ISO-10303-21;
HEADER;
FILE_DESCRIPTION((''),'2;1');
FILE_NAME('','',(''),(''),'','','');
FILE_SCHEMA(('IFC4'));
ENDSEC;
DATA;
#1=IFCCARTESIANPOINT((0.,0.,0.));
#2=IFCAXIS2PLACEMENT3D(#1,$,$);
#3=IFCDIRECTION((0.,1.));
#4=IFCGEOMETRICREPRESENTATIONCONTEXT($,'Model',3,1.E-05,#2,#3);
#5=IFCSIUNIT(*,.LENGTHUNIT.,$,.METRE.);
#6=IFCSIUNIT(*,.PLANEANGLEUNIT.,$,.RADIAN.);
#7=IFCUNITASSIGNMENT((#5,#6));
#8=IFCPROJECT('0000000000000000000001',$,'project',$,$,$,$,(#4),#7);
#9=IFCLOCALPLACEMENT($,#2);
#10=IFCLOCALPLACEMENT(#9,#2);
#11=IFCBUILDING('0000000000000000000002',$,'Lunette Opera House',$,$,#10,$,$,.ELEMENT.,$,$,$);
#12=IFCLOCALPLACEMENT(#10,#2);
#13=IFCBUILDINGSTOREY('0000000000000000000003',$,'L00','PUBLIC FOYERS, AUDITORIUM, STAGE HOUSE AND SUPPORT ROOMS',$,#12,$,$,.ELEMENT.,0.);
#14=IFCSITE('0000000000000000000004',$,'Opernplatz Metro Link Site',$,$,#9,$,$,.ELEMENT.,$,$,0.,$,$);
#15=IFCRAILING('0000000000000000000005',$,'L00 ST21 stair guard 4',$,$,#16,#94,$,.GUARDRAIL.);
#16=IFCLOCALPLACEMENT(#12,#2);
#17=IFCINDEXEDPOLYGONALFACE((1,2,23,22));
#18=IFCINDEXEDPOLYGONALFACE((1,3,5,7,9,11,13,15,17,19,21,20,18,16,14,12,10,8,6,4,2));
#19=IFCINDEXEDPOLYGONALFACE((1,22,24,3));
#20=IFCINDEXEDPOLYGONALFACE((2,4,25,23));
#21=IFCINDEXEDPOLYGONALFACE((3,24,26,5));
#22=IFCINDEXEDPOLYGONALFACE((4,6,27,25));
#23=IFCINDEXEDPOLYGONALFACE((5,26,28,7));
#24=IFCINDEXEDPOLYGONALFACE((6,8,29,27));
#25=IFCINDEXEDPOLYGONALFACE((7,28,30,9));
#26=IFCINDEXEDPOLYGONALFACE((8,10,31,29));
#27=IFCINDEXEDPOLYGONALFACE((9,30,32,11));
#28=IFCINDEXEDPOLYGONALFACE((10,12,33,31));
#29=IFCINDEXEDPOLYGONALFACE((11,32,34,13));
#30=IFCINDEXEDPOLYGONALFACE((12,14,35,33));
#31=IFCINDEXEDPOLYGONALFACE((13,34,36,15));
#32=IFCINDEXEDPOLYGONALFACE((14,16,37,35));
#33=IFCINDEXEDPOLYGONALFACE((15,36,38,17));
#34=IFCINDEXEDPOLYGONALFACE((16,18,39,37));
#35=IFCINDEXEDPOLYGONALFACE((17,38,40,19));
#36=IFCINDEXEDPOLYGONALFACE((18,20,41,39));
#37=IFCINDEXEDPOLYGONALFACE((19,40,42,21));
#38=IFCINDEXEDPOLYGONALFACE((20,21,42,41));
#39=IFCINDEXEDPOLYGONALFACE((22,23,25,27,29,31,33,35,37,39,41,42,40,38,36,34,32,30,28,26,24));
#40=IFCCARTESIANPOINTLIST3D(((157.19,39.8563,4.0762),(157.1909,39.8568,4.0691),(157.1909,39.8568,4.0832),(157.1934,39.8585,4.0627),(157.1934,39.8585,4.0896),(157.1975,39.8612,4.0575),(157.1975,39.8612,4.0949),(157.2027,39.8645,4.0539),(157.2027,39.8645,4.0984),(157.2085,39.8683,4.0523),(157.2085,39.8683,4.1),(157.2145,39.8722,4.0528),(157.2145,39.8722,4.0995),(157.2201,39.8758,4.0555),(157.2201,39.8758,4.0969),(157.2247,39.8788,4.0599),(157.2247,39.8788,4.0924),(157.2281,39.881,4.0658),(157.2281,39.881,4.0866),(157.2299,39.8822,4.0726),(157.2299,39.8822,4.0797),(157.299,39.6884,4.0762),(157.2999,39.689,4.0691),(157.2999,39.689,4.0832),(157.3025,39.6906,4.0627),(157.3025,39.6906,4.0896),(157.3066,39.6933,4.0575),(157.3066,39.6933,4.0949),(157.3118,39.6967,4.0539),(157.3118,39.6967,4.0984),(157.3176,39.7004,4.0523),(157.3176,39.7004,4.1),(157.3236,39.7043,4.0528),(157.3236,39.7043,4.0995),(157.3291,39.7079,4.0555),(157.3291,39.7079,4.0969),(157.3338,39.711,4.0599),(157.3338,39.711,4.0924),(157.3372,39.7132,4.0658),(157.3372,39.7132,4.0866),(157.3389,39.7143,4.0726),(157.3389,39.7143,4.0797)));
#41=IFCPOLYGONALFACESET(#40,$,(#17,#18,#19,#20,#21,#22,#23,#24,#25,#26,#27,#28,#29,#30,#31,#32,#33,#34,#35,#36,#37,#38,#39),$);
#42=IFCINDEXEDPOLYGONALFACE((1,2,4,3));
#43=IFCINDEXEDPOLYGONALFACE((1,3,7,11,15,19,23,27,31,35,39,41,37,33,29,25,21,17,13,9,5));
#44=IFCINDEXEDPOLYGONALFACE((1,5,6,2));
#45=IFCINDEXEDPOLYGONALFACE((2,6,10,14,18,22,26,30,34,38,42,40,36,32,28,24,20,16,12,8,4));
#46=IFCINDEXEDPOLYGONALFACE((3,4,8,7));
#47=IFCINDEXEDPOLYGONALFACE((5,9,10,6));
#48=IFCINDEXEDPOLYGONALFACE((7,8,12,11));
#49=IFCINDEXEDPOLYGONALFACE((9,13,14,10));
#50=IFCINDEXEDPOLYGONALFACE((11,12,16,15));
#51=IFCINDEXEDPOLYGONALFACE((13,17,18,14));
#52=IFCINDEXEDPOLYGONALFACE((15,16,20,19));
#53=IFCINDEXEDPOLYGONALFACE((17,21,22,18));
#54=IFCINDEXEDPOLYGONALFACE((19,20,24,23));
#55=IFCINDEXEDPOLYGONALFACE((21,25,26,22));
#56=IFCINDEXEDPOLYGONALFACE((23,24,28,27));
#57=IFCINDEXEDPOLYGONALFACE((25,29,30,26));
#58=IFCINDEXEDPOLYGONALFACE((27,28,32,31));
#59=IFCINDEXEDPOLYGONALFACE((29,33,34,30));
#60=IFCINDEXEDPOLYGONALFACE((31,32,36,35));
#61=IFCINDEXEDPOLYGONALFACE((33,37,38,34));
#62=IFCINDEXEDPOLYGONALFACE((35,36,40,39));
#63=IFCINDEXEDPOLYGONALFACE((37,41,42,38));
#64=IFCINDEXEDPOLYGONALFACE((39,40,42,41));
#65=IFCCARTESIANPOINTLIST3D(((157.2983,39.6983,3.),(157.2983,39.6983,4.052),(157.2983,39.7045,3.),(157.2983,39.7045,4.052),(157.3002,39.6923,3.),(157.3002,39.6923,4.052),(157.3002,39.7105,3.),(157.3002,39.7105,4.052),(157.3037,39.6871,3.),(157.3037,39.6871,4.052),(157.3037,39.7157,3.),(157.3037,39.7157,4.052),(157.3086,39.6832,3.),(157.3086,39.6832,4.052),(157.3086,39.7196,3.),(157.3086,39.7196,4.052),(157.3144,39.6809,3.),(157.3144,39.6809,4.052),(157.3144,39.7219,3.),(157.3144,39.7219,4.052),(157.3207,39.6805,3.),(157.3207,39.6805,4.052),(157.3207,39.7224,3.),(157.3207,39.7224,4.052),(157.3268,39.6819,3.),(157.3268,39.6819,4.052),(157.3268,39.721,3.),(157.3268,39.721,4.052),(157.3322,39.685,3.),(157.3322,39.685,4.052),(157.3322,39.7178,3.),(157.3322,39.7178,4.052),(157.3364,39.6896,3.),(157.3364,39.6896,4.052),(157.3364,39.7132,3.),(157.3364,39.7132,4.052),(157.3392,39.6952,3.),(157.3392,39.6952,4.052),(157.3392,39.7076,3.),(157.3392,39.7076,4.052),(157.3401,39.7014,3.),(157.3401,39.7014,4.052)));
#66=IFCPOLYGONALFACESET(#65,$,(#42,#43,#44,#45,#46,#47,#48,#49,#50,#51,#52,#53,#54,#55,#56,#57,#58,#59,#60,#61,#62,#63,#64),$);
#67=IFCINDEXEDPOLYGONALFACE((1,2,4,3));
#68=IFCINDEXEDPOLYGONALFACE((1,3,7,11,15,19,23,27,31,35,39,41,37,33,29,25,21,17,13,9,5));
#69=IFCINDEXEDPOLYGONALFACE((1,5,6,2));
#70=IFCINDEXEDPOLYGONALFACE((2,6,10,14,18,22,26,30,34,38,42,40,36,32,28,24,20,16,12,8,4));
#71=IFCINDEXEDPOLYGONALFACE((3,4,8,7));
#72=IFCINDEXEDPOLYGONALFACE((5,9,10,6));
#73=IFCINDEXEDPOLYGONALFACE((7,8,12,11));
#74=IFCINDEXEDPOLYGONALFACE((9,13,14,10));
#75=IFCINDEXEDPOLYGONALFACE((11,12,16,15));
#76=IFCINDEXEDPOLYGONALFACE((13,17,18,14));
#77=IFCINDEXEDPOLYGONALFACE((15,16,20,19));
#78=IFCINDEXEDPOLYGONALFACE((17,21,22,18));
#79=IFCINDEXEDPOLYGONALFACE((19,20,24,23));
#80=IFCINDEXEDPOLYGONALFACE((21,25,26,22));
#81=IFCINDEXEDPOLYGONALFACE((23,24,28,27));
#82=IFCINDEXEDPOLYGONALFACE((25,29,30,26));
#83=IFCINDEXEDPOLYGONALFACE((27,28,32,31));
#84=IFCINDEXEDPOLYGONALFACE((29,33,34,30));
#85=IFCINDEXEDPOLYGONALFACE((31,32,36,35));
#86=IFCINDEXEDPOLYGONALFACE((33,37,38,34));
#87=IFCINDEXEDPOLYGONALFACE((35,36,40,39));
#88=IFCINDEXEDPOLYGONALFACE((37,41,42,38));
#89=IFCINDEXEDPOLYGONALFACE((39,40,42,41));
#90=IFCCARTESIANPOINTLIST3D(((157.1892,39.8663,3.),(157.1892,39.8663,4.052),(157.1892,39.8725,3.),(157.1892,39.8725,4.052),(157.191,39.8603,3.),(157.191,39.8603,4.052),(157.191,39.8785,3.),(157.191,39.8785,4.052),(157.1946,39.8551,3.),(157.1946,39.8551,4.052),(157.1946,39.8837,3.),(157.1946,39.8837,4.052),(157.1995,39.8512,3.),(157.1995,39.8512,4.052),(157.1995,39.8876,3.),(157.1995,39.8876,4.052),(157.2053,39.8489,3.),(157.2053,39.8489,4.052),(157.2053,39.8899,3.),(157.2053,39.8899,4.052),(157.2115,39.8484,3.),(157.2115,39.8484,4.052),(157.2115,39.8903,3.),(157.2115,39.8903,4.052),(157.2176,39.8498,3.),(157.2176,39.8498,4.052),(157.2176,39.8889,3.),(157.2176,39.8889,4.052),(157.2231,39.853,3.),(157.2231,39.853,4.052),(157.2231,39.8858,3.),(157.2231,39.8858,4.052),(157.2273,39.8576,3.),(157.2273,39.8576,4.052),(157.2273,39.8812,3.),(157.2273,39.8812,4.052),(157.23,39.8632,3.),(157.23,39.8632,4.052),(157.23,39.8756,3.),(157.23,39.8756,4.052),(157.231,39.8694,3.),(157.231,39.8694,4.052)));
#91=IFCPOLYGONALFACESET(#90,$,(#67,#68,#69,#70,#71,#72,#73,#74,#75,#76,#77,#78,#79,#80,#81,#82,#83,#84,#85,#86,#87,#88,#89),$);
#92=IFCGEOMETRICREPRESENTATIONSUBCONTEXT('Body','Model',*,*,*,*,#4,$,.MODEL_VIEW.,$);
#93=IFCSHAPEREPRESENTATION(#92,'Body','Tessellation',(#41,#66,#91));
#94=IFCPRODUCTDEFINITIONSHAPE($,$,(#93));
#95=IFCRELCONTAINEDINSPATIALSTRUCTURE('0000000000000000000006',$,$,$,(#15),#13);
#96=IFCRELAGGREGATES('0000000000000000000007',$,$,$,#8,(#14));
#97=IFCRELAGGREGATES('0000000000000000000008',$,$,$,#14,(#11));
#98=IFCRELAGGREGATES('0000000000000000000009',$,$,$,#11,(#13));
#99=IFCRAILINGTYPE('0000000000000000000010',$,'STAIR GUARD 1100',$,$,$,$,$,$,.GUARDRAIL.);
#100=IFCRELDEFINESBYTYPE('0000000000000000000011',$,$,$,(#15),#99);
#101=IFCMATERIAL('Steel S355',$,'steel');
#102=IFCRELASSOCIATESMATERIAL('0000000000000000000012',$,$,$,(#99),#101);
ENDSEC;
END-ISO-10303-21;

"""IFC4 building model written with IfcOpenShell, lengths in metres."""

from ifc_helpers import new_model, si_unit, direction, frame, origin, origin_2d, place, context, subcontext, project, spatial, circle, extrude, material, type_object, element, save


model = new_model("IFC4")

# Units and contexts
model_context = context("Model", 3, precision=1e-05, world=origin(), true_north=direction((0.0, 1.0)))
body_context = subcontext(model_context, "Body", "Model", "MODEL_VIEW")
ifc_project = project(units=[si_unit("LENGTHUNIT", "METRE"), si_unit("PLANEANGLEUNIT", "RADIAN")], contexts=[model_context])

# Site, building, storey
site_placement = place(None, origin())
site = spatial("IfcSite", under=ifc_project, at=site_placement, Name="Opernplatz Metro Link Site", CompositionType="ELEMENT", RefElevation=0.0)
building_placement = place(site_placement, origin())
building = spatial("IfcBuilding", under=site, at=building_placement, Name="Lunette Opera House", CompositionType="ELEMENT")
storey_placement = place(building_placement, origin())
storey = spatial("IfcBuildingStorey", under=building, at=storey_placement, Name="L00", Description="PUBLIC FOYERS, AUDITORIUM, STAGE HOUSE AND SUPPORT ROOMS", CompositionType="ELEMENT", Elevation=0.0)

# Railing
ifc_material_1 = material(Name="Steel S355", Category="steel")
railing_type_1 = type_object("IfcRailingType", Name="STAIR GUARD 1100", PredefinedType="GUARDRAIL", material=ifc_material_1)
railing_1_placement = place(storey_placement, frame((157.3191, 39.7014, 3.0)))
element("IfcRailing", 1, at=railing_1_placement, inside=storey, type_object=railing_type_1, Name="L00 ST21 stair guard 4", PredefinedType="GUARDRAIL", context=body_context, shape_type="SweptSolid", body=[
    extrude(circle(Radius=0.0239, at=origin_2d()), frame((0.0, 0.0, 1.0762), z_axis=(-0.544817, 0.838555, 0.0), x_axis=(-0.838555, -0.544817, 0.0)), (0.0, 0.0, 1.0), 0.2002),
    extrude(circle(Radius=0.021, at=origin_2d()), origin(), (0.0, 0.0, 1.0), 1.052),
    extrude(circle(Radius=0.021, at=origin_2d()), frame((-0.1091, 0.168, 0.0)), (0.0, 0.0, 1.0), 1.052),
])

save(model, "model.ifc")
